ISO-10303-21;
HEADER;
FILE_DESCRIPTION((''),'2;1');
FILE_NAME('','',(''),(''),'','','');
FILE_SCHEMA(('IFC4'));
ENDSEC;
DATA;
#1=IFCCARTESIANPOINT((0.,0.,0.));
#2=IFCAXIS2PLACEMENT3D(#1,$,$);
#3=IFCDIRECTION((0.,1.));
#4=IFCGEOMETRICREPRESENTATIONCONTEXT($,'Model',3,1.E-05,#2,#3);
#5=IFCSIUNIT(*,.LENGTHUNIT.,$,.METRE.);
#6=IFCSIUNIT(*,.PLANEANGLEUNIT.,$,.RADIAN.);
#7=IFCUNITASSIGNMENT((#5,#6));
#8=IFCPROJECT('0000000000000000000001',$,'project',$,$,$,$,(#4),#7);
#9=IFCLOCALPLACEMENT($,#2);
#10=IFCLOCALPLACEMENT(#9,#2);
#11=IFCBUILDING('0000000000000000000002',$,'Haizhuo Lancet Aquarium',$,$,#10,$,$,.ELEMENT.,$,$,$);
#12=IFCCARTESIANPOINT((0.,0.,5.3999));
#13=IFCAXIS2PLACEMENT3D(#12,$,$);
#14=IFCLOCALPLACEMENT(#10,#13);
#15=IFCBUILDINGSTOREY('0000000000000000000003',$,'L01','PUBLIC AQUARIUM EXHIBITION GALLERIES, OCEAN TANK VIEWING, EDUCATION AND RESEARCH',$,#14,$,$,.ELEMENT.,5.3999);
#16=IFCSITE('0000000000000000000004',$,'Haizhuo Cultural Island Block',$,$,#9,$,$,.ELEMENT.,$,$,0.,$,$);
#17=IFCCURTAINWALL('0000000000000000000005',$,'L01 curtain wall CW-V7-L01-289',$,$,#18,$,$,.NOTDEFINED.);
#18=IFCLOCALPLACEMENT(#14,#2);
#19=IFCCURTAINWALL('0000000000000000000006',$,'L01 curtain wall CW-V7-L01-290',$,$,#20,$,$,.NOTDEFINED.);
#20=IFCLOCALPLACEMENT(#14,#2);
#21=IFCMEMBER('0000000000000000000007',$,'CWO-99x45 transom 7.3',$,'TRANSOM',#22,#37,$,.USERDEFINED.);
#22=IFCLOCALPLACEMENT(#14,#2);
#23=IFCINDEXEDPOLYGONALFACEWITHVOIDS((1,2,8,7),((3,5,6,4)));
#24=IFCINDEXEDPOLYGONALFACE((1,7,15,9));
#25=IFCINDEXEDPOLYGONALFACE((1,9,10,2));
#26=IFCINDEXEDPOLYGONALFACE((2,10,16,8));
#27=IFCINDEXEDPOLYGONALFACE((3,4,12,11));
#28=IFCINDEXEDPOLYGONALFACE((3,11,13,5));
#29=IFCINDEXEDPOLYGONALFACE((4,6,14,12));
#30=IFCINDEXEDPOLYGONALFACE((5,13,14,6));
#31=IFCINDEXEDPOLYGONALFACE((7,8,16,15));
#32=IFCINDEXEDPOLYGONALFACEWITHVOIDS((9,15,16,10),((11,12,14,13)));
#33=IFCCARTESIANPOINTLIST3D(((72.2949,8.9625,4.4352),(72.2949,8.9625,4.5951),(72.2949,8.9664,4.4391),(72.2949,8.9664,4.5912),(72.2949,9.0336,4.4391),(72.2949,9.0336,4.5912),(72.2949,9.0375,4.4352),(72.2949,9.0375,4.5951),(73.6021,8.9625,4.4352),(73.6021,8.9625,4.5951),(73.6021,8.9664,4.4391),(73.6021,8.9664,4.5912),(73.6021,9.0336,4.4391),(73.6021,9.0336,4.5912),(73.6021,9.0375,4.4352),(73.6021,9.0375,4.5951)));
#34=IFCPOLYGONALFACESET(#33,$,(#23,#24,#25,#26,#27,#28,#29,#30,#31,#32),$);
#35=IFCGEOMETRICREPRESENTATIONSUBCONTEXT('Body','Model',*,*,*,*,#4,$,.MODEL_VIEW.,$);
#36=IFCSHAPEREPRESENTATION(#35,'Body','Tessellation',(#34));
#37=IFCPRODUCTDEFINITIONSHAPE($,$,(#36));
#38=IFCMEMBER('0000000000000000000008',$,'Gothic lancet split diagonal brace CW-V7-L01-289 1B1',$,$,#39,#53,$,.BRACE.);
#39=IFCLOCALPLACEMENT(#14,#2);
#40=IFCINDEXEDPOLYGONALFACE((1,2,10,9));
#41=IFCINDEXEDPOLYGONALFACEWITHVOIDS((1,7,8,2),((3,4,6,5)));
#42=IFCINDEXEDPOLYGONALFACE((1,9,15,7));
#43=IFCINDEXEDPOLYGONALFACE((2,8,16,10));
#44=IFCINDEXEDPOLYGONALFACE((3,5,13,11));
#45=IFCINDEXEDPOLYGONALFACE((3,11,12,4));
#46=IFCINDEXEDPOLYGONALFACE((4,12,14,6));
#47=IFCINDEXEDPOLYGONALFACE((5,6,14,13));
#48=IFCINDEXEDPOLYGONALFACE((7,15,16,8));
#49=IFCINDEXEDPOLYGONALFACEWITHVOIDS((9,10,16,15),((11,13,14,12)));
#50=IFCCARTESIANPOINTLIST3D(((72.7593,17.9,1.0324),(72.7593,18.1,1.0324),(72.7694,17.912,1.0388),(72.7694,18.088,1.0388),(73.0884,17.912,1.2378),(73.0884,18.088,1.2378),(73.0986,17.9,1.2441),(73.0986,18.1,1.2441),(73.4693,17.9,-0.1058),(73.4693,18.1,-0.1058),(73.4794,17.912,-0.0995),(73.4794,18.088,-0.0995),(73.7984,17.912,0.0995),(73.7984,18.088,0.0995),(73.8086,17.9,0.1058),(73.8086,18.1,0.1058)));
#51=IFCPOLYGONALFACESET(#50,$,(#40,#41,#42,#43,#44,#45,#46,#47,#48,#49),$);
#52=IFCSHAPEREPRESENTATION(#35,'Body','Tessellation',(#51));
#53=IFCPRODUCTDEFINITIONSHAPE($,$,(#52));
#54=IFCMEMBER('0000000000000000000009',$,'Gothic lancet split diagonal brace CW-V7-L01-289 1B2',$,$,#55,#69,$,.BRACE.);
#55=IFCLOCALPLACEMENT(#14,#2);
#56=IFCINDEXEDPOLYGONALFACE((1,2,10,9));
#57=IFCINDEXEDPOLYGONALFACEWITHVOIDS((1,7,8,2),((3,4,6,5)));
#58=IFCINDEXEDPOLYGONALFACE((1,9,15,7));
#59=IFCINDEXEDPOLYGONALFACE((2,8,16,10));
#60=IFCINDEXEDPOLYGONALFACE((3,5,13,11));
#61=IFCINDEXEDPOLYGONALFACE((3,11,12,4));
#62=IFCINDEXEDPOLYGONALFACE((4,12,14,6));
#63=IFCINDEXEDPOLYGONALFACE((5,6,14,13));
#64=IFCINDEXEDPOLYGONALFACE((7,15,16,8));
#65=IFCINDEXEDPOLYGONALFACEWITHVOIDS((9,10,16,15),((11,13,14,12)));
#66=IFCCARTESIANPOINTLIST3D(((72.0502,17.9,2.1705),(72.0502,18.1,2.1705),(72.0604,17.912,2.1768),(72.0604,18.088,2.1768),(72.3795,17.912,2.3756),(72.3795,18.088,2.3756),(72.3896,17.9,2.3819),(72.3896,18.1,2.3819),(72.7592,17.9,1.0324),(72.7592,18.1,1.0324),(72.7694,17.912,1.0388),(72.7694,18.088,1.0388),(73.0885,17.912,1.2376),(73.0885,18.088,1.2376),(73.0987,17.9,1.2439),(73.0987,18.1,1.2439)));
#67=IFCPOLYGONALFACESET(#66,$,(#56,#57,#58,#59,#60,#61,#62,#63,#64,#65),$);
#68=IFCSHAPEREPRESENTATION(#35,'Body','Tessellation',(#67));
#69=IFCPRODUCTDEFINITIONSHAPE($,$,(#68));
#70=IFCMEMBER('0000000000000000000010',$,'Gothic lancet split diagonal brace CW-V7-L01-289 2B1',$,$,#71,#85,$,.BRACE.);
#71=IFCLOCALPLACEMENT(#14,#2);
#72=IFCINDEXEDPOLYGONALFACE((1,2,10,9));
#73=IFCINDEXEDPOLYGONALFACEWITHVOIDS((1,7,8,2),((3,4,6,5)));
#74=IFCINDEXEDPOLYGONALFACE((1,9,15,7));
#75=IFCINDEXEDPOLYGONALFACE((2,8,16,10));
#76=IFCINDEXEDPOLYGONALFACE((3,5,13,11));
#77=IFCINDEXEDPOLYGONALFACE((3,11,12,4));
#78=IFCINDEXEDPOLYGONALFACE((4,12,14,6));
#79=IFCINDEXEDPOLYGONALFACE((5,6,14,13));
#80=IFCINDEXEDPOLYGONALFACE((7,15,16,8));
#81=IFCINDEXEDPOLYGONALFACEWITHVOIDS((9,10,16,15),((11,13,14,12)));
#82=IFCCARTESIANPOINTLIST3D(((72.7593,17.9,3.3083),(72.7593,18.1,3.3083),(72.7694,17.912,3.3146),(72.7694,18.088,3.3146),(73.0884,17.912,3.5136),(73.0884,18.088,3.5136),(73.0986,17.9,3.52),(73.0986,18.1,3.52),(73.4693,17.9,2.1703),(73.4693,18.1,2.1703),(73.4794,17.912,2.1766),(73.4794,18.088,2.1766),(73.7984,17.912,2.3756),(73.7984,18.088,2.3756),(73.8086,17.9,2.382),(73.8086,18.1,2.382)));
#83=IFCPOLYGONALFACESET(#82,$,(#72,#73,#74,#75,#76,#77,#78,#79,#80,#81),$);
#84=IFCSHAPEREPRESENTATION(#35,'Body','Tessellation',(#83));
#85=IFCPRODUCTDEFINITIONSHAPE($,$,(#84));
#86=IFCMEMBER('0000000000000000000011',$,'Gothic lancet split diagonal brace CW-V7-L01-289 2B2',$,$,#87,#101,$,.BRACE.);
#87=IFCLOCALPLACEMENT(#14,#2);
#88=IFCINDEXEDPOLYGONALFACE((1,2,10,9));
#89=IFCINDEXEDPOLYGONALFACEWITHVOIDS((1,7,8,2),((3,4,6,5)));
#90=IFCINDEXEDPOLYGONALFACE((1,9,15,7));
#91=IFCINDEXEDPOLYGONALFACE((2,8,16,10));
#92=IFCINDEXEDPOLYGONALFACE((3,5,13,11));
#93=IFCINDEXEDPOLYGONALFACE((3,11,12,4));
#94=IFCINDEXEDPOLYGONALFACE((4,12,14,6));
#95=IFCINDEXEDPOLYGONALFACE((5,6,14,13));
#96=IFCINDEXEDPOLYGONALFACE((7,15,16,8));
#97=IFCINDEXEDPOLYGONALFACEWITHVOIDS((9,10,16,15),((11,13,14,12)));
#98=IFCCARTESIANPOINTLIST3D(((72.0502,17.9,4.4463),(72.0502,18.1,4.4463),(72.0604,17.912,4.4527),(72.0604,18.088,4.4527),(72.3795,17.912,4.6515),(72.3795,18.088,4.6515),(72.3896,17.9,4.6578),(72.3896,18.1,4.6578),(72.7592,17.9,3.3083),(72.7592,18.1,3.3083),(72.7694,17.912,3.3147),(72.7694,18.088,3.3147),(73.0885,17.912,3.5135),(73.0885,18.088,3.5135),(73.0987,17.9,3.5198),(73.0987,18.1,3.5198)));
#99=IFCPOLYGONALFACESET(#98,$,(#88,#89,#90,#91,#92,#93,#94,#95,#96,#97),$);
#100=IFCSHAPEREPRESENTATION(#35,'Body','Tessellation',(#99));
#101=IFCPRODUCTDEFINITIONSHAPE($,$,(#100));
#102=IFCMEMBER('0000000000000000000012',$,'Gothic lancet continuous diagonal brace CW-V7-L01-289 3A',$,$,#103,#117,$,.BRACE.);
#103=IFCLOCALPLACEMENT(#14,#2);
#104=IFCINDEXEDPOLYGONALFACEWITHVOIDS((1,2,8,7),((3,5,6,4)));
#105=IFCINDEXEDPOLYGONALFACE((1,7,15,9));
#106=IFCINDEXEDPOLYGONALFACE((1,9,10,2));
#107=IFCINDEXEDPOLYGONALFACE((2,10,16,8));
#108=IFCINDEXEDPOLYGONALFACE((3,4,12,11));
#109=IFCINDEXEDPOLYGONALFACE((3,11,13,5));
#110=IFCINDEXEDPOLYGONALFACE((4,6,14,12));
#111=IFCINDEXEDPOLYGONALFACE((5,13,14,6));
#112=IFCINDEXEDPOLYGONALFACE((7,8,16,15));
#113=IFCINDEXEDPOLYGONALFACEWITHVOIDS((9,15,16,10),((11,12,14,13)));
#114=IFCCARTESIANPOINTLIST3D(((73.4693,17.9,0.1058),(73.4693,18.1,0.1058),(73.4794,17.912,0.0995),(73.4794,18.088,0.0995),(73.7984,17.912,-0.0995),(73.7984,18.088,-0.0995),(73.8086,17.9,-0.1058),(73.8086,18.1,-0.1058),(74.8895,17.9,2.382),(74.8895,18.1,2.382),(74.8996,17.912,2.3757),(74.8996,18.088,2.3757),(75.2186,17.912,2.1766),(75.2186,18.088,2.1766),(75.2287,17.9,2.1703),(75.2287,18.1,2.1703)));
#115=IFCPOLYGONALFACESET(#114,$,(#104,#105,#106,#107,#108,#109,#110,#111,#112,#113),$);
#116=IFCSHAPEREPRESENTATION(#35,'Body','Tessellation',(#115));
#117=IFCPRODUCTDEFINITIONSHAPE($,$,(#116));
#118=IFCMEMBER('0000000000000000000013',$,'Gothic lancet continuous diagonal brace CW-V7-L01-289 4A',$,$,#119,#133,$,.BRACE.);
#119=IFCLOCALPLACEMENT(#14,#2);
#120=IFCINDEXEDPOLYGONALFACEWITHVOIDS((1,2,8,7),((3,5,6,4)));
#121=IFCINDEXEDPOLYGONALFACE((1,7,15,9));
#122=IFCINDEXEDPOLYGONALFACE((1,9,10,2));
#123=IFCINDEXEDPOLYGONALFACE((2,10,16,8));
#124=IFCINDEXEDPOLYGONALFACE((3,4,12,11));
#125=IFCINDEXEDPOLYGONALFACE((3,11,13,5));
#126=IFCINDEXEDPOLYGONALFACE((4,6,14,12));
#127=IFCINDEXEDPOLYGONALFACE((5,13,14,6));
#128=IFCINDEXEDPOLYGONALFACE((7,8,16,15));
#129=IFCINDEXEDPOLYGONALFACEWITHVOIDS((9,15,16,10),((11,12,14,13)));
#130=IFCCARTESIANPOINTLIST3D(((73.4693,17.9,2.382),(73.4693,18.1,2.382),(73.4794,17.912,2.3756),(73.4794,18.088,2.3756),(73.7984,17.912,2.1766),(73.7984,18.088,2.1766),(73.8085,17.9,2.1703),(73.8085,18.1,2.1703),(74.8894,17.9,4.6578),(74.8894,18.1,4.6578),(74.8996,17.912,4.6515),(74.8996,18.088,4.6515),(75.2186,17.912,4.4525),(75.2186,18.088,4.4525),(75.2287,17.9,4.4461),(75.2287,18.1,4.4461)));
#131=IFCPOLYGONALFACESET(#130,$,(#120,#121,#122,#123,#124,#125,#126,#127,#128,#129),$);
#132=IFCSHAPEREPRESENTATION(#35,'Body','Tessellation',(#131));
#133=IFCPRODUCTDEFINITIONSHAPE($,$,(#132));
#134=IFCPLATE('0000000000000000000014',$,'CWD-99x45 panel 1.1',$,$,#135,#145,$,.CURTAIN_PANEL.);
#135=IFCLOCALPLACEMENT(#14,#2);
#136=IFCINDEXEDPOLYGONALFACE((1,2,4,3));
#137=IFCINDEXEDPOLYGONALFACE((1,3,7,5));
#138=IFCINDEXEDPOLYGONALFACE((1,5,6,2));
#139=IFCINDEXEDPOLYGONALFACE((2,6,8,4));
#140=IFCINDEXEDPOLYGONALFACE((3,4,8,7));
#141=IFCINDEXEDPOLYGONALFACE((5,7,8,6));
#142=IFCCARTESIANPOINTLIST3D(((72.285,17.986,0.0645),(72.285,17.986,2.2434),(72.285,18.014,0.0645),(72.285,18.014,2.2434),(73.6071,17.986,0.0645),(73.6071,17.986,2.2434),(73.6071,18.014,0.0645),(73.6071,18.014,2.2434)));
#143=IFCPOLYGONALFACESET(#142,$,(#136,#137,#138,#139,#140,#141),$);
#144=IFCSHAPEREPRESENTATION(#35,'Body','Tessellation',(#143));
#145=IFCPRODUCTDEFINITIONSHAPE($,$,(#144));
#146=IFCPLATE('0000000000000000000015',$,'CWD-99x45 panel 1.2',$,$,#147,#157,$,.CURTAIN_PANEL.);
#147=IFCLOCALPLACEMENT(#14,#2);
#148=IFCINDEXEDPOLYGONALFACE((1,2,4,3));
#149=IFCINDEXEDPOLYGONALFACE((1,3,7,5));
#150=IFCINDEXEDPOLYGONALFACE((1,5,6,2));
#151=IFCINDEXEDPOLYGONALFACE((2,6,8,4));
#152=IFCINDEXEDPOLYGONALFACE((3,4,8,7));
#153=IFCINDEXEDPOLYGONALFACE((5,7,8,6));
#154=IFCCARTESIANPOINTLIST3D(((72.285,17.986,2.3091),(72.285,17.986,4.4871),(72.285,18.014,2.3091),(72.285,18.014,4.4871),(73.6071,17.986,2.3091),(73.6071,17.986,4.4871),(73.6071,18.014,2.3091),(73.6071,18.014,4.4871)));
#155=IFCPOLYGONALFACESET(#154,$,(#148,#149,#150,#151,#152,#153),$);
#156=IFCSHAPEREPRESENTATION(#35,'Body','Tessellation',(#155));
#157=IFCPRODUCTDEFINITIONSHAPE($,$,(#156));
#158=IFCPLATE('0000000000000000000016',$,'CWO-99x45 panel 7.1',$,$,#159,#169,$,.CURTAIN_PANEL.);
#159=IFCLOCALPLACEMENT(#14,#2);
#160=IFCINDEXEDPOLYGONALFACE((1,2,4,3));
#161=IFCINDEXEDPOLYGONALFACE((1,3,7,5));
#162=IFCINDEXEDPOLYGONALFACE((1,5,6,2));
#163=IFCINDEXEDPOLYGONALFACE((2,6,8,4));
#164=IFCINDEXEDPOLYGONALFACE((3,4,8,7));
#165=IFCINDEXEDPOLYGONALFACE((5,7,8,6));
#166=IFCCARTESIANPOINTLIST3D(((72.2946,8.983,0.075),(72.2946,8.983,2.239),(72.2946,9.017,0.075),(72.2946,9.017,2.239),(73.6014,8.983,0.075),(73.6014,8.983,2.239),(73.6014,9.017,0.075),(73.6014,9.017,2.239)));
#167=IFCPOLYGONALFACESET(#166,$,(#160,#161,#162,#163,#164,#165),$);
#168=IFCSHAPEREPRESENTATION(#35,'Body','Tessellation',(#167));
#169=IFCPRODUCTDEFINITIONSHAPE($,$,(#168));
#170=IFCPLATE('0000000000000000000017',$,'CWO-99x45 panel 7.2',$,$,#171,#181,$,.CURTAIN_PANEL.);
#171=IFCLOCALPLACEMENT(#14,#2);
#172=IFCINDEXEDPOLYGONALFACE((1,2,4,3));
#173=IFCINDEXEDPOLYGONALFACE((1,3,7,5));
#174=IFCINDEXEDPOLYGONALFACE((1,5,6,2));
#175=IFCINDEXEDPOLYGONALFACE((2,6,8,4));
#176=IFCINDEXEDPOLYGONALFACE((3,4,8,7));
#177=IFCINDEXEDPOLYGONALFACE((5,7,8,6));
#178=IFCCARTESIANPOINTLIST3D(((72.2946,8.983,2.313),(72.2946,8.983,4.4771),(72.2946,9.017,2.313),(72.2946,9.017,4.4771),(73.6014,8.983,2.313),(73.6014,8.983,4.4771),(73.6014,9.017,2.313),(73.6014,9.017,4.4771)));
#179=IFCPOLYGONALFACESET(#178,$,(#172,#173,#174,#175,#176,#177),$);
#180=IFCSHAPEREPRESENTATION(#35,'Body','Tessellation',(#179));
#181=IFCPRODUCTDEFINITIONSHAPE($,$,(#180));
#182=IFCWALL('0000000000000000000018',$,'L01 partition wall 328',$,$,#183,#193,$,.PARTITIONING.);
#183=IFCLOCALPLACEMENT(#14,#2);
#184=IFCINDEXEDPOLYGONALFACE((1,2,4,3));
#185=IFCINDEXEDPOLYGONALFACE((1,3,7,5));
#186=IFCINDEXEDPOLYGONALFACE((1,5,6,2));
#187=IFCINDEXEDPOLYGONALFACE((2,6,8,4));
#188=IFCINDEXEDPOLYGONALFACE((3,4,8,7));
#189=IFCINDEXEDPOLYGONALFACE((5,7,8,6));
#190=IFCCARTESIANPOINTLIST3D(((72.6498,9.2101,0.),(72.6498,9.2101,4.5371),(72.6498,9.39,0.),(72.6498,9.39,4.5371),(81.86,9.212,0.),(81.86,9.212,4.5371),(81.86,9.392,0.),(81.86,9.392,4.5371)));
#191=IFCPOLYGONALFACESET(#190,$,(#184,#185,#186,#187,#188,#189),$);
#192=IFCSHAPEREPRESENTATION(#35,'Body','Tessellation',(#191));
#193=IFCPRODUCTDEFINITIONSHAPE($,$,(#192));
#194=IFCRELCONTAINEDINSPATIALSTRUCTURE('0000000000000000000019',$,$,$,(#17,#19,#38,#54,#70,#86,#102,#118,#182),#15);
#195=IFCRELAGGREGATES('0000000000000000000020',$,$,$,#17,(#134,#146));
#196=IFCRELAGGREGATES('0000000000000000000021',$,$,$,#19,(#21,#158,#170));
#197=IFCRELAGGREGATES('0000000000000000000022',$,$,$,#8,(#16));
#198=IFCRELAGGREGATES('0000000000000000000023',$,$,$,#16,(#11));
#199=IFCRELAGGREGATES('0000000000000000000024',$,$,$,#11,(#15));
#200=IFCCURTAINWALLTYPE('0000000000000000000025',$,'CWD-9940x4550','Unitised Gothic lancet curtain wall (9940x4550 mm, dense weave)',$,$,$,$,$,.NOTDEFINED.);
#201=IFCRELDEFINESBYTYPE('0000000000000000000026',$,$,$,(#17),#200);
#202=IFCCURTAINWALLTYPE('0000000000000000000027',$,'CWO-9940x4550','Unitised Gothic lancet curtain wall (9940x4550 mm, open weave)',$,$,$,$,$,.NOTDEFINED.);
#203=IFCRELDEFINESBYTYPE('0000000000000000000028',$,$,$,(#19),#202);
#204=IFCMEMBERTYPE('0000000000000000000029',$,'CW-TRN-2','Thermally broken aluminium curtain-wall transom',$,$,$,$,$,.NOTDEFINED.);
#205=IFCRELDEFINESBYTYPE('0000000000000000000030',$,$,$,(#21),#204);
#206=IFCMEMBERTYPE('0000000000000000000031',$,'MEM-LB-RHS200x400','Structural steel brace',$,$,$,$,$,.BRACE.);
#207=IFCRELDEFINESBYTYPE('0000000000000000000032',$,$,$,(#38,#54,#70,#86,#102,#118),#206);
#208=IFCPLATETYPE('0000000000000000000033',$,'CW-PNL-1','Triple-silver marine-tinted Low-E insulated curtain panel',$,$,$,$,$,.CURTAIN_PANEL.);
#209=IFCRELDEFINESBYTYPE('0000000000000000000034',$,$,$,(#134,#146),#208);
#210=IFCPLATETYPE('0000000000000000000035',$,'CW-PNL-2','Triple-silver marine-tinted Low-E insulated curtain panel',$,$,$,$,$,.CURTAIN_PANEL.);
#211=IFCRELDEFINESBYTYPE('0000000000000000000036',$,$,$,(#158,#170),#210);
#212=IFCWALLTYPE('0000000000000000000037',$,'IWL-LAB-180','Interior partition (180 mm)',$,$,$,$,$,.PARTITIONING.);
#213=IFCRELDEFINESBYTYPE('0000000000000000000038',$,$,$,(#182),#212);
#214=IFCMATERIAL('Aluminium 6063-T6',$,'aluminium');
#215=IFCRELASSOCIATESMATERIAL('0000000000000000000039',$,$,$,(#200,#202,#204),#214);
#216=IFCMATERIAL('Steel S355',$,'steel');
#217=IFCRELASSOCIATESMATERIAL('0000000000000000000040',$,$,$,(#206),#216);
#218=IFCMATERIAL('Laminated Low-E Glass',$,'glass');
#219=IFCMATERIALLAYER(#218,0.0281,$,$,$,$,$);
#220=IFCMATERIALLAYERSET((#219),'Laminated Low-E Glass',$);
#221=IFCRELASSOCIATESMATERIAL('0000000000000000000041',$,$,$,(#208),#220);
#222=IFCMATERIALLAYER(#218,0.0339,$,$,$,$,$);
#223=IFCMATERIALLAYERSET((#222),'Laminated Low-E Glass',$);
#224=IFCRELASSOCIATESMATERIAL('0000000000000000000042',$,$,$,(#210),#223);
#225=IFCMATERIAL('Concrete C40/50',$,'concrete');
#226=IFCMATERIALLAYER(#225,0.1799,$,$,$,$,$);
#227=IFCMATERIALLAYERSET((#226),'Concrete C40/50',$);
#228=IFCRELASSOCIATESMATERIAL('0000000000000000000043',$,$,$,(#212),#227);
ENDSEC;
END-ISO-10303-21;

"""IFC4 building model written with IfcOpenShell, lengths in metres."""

from ifc_helpers import new_model, si_unit, direction, frame, frame_2d, origin, origin_2d, place, context, subcontext, project, spatial, rectangle, hollow_rectangle, extrude, material, layer, layer_set, material_profile, profile_set, type_object, element, aggregate, save


model = new_model("IFC4")

# Units and contexts
model_context = context("Model", 3, precision=1e-05, world=origin(), true_north=direction((0.0, 1.0)))
body_context = subcontext(model_context, "Body", "Model", "MODEL_VIEW")
ifc_project = project(units=[si_unit("LENGTHUNIT", "METRE"), si_unit("PLANEANGLEUNIT", "RADIAN")], contexts=[model_context])

# Site, building, storey
site_placement = place(None, origin())
site = spatial("IfcSite", under=ifc_project, at=site_placement, Name="Haizhuo Cultural Island Block", CompositionType="ELEMENT", RefElevation=0.0)
building_placement = place(site_placement, origin())
building = spatial("IfcBuilding", under=site, at=building_placement, Name="Haizhuo Lancet Aquarium", CompositionType="ELEMENT")
storey_placement = place(building_placement, frame((0.0, 0.0, 5.3999)))
storey = spatial("IfcBuildingStorey", under=building, at=storey_placement, Name="L01", Description="PUBLIC AQUARIUM EXHIBITION GALLERIES, OCEAN TANK VIEWING, EDUCATION AND RESEARCH", CompositionType="ELEMENT", Elevation=5.3999)

# Curtain walls
ifc_material_1 = material(Name="Aluminium 6063-T6", Category="aluminium")
curtain_wall_type_1 = type_object("IfcCurtainWallType", Name="CWD-9940x4550", Description="Unitised Gothic lancet curtain wall (9940x4550 mm, dense weave)", PredefinedType="NOTDEFINED", material=ifc_material_1)
curtain_wall_1_placement = place(storey_placement, origin())
curtain_wall_1 = element("IfcCurtainWall", 1, at=curtain_wall_1_placement, inside=storey, type_object=curtain_wall_type_1, Name="L01 curtain wall CW-V7-L01-289", PredefinedType="NOTDEFINED")
curtain_wall_type_2 = type_object("IfcCurtainWallType", Name="CWO-9940x4550", Description="Unitised Gothic lancet curtain wall (9940x4550 mm, open weave)", PredefinedType="NOTDEFINED", material=ifc_material_1)
curtain_wall_2_placement = place(storey_placement, origin())
curtain_wall_2 = element("IfcCurtainWall", 2, at=curtain_wall_2_placement, inside=storey, type_object=curtain_wall_type_2, Name="L01 curtain wall CW-V7-L01-290", PredefinedType="NOTDEFINED")

# Member
ifc_material_profile_1 = material_profile(ifc_material_1, hollow_rectangle(XDim=0.075, YDim=0.1599, WallThickness=0.0039, at=origin_2d()), Name="ALU-T 75x160x4")
ifc_profile_set_1 = profile_set([ifc_material_profile_1], Name="Aluminium 6063-T6")
member_type_1 = type_object("IfcMemberType", Name="CW-TRN-2", Description="Thermally broken aluminium curtain-wall transom", PredefinedType="NOTDEFINED", material=ifc_profile_set_1)
member_1_placement = place(storey_placement, frame((73.6021, 9.0, 4.5151), z_axis=(-1.0, 0.0, 0.0), x_axis=(0.0, -1.0, 0.0)))
member_1 = element("IfcMember", 3, at=member_1_placement, type_object=member_type_1, Name="CWO-99x45 transom 7.3", ObjectType="TRANSOM", PredefinedType="USERDEFINED", context=body_context, shape_type="SweptSolid", body=[
    extrude(hollow_rectangle(XDim=0.075, YDim=0.1599, WallThickness=0.0039, at=origin_2d()), origin(), (0.0, 0.0, 1.0), 1.3071),
])

# Members
ifc_material_2 = material(Name="Steel S355", Category="steel")
ifc_material_profile_2 = material_profile(ifc_material_2, hollow_rectangle(XDim=0.2, YDim=0.3999, WallThickness=0.012, at=origin_2d()), Name="RHS 200x400x12")
ifc_profile_set_2 = profile_set([ifc_material_profile_2], Name="Steel S355")
member_type_2 = type_object("IfcMemberType", Name="MEM-LB-RHS200x400", Description="Structural steel brace", PredefinedType="BRACE", material=ifc_profile_set_2)
member_2_placement = place(storey_placement, frame((73.6389, 18.0, 0.0), z_axis=(-0.529246, 0.0, 0.848468), x_axis=(0.0, -1.0, 0.0)))
element("IfcMember", 4, at=member_2_placement, inside=storey, type_object=member_type_2, Name="Gothic lancet split diagonal brace CW-V7-L01-289 1B1", PredefinedType="BRACE", context=body_context, shape_type="SweptSolid", body=[
    extrude(hollow_rectangle(XDim=0.2, YDim=0.3999, WallThickness=0.012, at=origin_2d()), origin(), (0.0, 0.0, 1.0), 1.3416),
])
member_3_placement = place(storey_placement, frame((72.929, 18.0, 1.1382), z_axis=(-0.528804, 0.0, 0.848744), x_axis=(0.0, -1.0, 0.0)))
element("IfcMember", 5, at=member_3_placement, inside=storey, type_object=member_type_2, Name="Gothic lancet split diagonal brace CW-V7-L01-289 1B2", PredefinedType="BRACE", context=body_context, shape_type="SweptSolid", body=[
    extrude(hollow_rectangle(XDim=0.2, YDim=0.3999, WallThickness=0.012, at=origin_2d()), origin(), (0.0, 0.0, 1.0), 1.3408),
])
member_4_placement = place(storey_placement, frame((73.6389, 18.0, 2.2761), z_axis=(-0.529328, 0.0, 0.848417), x_axis=(0.0, -1.0, 0.0)))
element("IfcMember", 6, at=member_4_placement, inside=storey, type_object=member_type_2, Name="Gothic lancet split diagonal brace CW-V7-L01-289 2B1", PredefinedType="BRACE", context=body_context, shape_type="SweptSolid", body=[
    extrude(hollow_rectangle(XDim=0.2, YDim=0.3999, WallThickness=0.012, at=origin_2d()), origin(), (0.0, 0.0, 1.0), 1.3413),
])
member_5_placement = place(storey_placement, frame((72.929, 18.0, 3.4141), z_axis=(-0.528804, 0.0, 0.848744), x_axis=(0.0, -1.0, 0.0)))
element("IfcMember", 7, at=member_5_placement, inside=storey, type_object=member_type_2, Name="Gothic lancet split diagonal brace CW-V7-L01-289 2B2", PredefinedType="BRACE", context=body_context, shape_type="SweptSolid", body=[
    extrude(hollow_rectangle(XDim=0.2, YDim=0.3999, WallThickness=0.012, at=origin_2d()), origin(), (0.0, 0.0, 1.0), 1.3408),
])
member_6_placement = place(storey_placement, frame((73.6389, 18.0, 0.0), z_axis=(0.529353, 0.0, 0.848402), x_axis=(0.0, 1.0, 0.0)))
element("IfcMember", 8, at=member_6_placement, inside=storey, type_object=member_type_2, Name="Gothic lancet continuous diagonal brace CW-V7-L01-289 3A", PredefinedType="BRACE", context=body_context, shape_type="SweptSolid", body=[
    extrude(hollow_rectangle(XDim=0.2, YDim=0.3999, WallThickness=0.012, at=origin_2d()), origin(), (0.0, 0.0, 1.0), 2.6829),
])
member_7_placement = place(storey_placement, frame((73.6389, 18.0, 2.2761), z_axis=(0.529393, 0.0, 0.848376), x_axis=(0.0, 1.0, 0.0)))
element("IfcMember", 9, at=member_7_placement, inside=storey, type_object=member_type_2, Name="Gothic lancet continuous diagonal brace CW-V7-L01-289 4A", PredefinedType="BRACE", context=body_context, shape_type="SweptSolid", body=[
    extrude(hollow_rectangle(XDim=0.2, YDim=0.3999, WallThickness=0.012, at=origin_2d()), origin(), (0.0, 0.0, 1.0), 2.6826),
])

# Plates
ifc_material_3 = material(Name="Laminated Low-E Glass", Category="glass")
ifc_layer_1 = layer(ifc_material_3, 0.0281)
ifc_layer_set_1 = layer_set([ifc_layer_1], Name="Laminated Low-E Glass")
plate_type_1 = type_object("IfcPlateType", Name="CW-PNL-1", Description="Triple-silver marine-tinted Low-E insulated curtain panel", PredefinedType="CURTAIN_PANEL", material=ifc_layer_set_1)
plate_1_placement = place(storey_placement, frame((72.946, 18.0, 0.0645), z_axis=(0.0, 0.0, 1.0), x_axis=(1.0, 0.0, 0.0)))
plate_1 = element("IfcPlate", 10, at=plate_1_placement, type_object=plate_type_1, Name="CWD-99x45 panel 1.1", PredefinedType="CURTAIN_PANEL", context=body_context, shape_type="SweptSolid", body=[
    extrude(rectangle(XDim=1.322, YDim=0.0281, at=origin_2d()), origin(), (0.0, 0.0, 1.0), 2.179),
])
plate_2_placement = place(storey_placement, frame((72.946, 18.0, 2.3091), z_axis=(0.0, 0.0, 1.0), x_axis=(1.0, 0.0, 0.0)))
plate_2 = element("IfcPlate", 11, at=plate_2_placement, type_object=plate_type_1, Name="CWD-99x45 panel 1.2", PredefinedType="CURTAIN_PANEL", context=body_context, shape_type="SweptSolid", body=[
    extrude(rectangle(XDim=1.322, YDim=0.0281, at=origin_2d()), origin(), (0.0, 0.0, 1.0), 2.178),
])
aggregate(curtain_wall_1, [plate_1, plate_2])
ifc_layer_2 = layer(ifc_material_3, 0.0339)
ifc_layer_set_2 = layer_set([ifc_layer_2], Name="Laminated Low-E Glass")
plate_type_2 = type_object("IfcPlateType", Name="CW-PNL-2", Description="Triple-silver marine-tinted Low-E insulated curtain panel", PredefinedType="CURTAIN_PANEL", material=ifc_layer_set_2)
plate_3_placement = place(storey_placement, frame((72.948, 9.0, 0.075), z_axis=(0.0, 0.0, 1.0), x_axis=(-1.0, 0.0, 0.0)))
plate_3 = element("IfcPlate", 12, at=plate_3_placement, type_object=plate_type_2, Name="CWO-99x45 panel 7.1", PredefinedType="CURTAIN_PANEL", context=body_context, shape_type="SweptSolid", body=[
    extrude(rectangle(XDim=1.3069, YDim=0.0339, at=origin_2d()), origin(), (0.0, 0.0, 1.0), 2.1641),
])
plate_4_placement = place(storey_placement, frame((72.948, 9.0, 2.313), z_axis=(0.0, 0.0, 1.0), x_axis=(-1.0, 0.0, 0.0)))
plate_4 = element("IfcPlate", 13, at=plate_4_placement, type_object=plate_type_2, Name="CWO-99x45 panel 7.2", PredefinedType="CURTAIN_PANEL", context=body_context, shape_type="SweptSolid", body=[
    extrude(rectangle(XDim=1.3069, YDim=0.0339, at=origin_2d()), origin(), (0.0, 0.0, 1.0), 2.1641),
])
aggregate(curtain_wall_2, [member_1, plate_3, plate_4])

# Wall
ifc_material_4 = material(Name="Concrete C40/50", Category="concrete")
ifc_layer_3 = layer(ifc_material_4, 0.1799)
ifc_layer_set_3 = layer_set([ifc_layer_3], Name="Concrete C40/50")
wall_type = type_object("IfcWallType", Name="IWL-LAB-180", Description="Interior partition (180 mm)", PredefinedType="PARTITIONING", material=ifc_layer_set_3)
wall_placement = place(storey_placement, frame((72.6499, 9.3, 0.0), z_axis=(0.0, 0.0, 1.0), x_axis=(1.0, 0.000212, 0.0)))
element("IfcWall", 14, at=wall_placement, inside=storey, type_object=wall_type, Name="L01 partition wall 328", PredefinedType="PARTITIONING", context=body_context, shape_type="SweptSolid", body=[
    extrude(rectangle(XDim=9.2102, YDim=0.1799, at=frame_2d((4.605, 0.0))), origin(), (0.0, 0.0, 1.0), 4.5371),
])

save(model, "model.ifc")
